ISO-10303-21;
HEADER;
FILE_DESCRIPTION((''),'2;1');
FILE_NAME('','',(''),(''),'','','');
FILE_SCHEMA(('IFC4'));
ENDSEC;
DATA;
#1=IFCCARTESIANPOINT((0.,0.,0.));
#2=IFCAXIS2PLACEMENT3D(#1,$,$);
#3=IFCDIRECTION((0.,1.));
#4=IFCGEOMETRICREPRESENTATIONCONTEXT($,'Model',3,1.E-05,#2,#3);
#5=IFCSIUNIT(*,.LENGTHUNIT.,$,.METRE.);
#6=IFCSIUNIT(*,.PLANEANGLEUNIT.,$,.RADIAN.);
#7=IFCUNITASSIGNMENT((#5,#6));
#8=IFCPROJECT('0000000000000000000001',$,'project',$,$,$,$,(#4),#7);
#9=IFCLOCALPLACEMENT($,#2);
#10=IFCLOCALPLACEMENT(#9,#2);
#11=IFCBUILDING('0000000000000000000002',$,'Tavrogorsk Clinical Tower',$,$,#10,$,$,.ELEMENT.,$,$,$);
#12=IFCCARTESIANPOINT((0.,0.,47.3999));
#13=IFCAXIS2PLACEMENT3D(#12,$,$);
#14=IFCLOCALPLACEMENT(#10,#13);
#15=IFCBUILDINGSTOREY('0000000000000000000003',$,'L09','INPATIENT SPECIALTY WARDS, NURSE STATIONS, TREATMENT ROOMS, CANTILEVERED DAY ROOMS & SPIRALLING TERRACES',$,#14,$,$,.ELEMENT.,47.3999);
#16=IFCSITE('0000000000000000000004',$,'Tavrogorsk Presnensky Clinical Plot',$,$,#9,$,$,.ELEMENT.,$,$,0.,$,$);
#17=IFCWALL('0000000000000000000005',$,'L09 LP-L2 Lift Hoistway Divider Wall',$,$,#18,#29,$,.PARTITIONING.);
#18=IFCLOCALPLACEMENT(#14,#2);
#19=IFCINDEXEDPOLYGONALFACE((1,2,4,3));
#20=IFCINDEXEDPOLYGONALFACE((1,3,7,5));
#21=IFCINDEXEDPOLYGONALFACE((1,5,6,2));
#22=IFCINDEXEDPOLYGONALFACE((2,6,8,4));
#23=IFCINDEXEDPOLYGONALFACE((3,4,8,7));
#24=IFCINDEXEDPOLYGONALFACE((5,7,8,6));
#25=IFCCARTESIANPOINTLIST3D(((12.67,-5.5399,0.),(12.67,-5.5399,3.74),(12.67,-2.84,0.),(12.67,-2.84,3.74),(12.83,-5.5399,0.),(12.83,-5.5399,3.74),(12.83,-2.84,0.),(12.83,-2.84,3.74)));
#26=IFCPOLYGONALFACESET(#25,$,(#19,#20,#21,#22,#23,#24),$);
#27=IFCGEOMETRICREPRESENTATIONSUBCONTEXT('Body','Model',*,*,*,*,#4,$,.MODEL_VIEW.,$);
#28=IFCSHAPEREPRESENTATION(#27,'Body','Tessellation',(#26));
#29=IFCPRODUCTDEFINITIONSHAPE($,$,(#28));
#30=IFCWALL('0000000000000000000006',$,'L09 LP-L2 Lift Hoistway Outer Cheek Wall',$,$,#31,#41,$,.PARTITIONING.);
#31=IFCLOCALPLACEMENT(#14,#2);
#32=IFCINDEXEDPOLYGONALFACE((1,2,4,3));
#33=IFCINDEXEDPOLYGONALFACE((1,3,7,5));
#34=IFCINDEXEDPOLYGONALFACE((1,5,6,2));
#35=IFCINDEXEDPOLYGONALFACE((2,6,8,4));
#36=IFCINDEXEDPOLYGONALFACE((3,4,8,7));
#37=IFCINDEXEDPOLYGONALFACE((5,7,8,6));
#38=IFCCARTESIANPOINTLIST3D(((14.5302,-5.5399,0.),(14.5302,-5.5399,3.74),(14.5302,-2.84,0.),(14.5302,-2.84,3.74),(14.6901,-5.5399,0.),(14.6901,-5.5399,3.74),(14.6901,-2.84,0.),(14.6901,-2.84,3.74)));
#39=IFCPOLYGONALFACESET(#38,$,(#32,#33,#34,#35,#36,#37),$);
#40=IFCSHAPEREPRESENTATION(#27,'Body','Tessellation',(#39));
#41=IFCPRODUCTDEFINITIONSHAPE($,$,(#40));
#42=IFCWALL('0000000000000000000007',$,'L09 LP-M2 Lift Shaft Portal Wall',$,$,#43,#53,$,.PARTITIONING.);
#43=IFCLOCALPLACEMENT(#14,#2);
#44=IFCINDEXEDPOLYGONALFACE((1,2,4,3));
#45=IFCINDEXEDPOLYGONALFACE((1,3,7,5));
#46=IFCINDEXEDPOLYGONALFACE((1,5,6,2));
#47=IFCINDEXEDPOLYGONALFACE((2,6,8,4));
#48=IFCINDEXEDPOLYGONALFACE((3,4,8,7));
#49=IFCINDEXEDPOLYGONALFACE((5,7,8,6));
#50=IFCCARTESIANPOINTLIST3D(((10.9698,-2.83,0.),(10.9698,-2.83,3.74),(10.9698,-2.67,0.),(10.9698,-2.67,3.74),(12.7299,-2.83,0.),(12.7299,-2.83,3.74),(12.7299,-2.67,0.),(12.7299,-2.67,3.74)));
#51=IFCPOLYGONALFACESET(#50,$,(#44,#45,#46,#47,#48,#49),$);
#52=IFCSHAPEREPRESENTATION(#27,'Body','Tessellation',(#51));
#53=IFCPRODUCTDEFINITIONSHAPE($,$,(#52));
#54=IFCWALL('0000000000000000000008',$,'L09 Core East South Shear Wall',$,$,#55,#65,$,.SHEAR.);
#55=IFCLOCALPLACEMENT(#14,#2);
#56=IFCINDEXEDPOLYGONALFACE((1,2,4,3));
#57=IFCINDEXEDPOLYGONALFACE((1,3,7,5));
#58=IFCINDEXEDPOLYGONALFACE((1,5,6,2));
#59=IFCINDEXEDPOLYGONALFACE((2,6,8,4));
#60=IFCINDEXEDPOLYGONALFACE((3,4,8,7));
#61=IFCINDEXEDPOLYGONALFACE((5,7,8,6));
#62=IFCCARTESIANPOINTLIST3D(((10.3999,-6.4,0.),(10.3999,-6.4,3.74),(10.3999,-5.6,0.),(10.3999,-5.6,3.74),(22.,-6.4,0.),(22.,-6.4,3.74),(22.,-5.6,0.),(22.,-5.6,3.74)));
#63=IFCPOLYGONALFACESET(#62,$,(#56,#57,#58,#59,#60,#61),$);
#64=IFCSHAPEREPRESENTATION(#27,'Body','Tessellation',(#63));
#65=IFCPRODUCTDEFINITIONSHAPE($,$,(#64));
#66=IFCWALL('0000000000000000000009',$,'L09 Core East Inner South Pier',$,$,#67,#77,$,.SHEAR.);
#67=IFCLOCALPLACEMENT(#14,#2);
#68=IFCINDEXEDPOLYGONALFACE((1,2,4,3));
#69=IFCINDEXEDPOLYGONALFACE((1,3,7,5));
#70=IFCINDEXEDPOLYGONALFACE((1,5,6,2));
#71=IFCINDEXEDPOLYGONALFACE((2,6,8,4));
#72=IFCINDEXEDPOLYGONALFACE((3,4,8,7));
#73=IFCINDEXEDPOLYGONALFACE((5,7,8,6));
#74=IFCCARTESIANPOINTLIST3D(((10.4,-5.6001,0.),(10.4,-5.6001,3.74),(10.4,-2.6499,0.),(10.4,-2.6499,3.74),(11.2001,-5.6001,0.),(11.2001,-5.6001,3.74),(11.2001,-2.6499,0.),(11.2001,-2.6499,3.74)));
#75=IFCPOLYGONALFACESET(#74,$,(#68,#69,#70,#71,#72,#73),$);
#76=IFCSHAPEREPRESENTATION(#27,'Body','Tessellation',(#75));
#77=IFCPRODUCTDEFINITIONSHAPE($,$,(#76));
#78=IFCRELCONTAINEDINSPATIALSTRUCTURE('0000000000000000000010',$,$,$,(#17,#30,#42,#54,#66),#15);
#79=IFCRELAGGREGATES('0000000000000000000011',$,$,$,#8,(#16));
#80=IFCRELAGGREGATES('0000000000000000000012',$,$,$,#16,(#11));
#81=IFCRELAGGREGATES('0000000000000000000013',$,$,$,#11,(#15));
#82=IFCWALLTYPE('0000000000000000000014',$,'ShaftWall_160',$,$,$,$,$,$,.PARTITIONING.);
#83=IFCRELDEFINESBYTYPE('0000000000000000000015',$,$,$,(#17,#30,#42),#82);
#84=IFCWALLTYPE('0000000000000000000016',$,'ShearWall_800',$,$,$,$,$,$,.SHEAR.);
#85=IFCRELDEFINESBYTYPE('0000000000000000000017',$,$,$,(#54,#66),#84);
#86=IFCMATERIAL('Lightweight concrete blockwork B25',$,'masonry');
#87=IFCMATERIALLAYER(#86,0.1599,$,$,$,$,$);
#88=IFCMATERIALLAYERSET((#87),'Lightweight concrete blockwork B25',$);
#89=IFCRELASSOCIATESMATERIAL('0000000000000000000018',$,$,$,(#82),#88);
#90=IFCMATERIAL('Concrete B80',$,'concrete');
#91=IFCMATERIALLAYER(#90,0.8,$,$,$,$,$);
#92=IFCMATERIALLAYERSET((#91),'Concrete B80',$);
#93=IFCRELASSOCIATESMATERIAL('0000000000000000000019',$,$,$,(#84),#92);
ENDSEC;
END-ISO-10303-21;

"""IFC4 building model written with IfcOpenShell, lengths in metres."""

from ifc_helpers import new_model, si_unit, direction, frame, frame_2d, origin, place, context, subcontext, project, spatial, rectangle, extrude, material, layer, layer_set, type_object, element, save


model = new_model("IFC4")

# Units and contexts
model_context = context("Model", 3, precision=1e-05, world=origin(), true_north=direction((0.0, 1.0)))
body_context = subcontext(model_context, "Body", "Model", "MODEL_VIEW")
ifc_project = project(units=[si_unit("LENGTHUNIT", "METRE"), si_unit("PLANEANGLEUNIT", "RADIAN")], contexts=[model_context])

# Site, building, storey
site_placement = place(None, origin())
site = spatial("IfcSite", under=ifc_project, at=site_placement, Name="Tavrogorsk Presnensky Clinical Plot", CompositionType="ELEMENT", RefElevation=0.0)
building_placement = place(site_placement, origin())
building = spatial("IfcBuilding", under=site, at=building_placement, Name="Tavrogorsk Clinical Tower", CompositionType="ELEMENT")
storey_placement = place(building_placement, frame((0.0, 0.0, 47.3999)))
storey = spatial("IfcBuildingStorey", under=building, at=storey_placement, Name="L09", Description="INPATIENT SPECIALTY WARDS, NURSE STATIONS, TREATMENT ROOMS, CANTILEVERED DAY ROOMS & SPIRALLING TERRACES", CompositionType="ELEMENT", Elevation=47.3999)

# Shared definitions
ifc_material_1 = material(Name="Lightweight concrete blockwork B25", Category="masonry")
ifc_layer_1 = layer(ifc_material_1, 0.1599)
ifc_layer_set_1 = layer_set([ifc_layer_1], Name="Lightweight concrete blockwork B25")
wall_type_1 = type_object("IfcWallType", Name="ShaftWall_160", PredefinedType="PARTITIONING", material=ifc_layer_set_1)

# Walls
for number, where, z_axis, x_axis, name in (
    (1, (12.75, -5.54, 0.0), (0.0, 0.0, 1.0), (0.0, 1.0, 0.0), "L09 LP-L2 Lift Hoistway Divider Wall"),
    (2, (14.6101, -5.54, 0.0), (0.0, 0.0, 1.0), (0.0, 1.0, 0.0), "L09 LP-L2 Lift Hoistway Outer Cheek Wall"),
):
    element("IfcWall", number, at=place(storey_placement, frame(where, z_axis=z_axis, x_axis=x_axis)), inside=storey, type_object=wall_type_1, Name=name, PredefinedType="PARTITIONING", context=body_context, shape_type="SweptSolid", body=[
        extrude(rectangle(XDim=2.7, YDim=0.1599, at=frame_2d((1.3501, 0.0))), origin(), (0.0, 0.0, 1.0), 3.74),
    ])
wall_1_placement = place(storey_placement, frame((10.97, -2.75, 0.0), z_axis=(0.0, 0.0, 1.0), x_axis=(1.0, 0.0, 0.0)))
element("IfcWall", 3, at=wall_1_placement, inside=storey, type_object=wall_type_1, Name="L09 LP-M2 Lift Shaft Portal Wall", PredefinedType="PARTITIONING", context=body_context, shape_type="SweptSolid", body=[
    extrude(rectangle(XDim=1.76, YDim=0.1599, at=frame_2d((0.8799, 0.0))), origin(), (0.0, 0.0, 1.0), 3.74),
])
ifc_material_2 = material(Name="Concrete B80", Category="concrete")
ifc_layer_2 = layer(ifc_material_2, 0.8)
ifc_layer_set_2 = layer_set([ifc_layer_2], Name="Concrete B80")
wall_type_2 = type_object("IfcWallType", Name="ShearWall_800", PredefinedType="SHEAR", material=ifc_layer_set_2)
wall_2_placement = place(storey_placement, frame((10.3999, -6.0, 0.0), z_axis=(0.0, 0.0, 1.0), x_axis=(1.0, 0.0, 0.0)))
element("IfcWall", 4, at=wall_2_placement, inside=storey, type_object=wall_type_2, Name="L09 Core East South Shear Wall", PredefinedType="SHEAR", context=body_context, shape_type="SweptSolid", body=[
    extrude(rectangle(XDim=11.6001, YDim=0.8, at=frame_2d((5.8, 0.0))), origin(), (0.0, 0.0, 1.0), 3.74),
])
wall_3_placement = place(storey_placement, frame((10.8, -5.6001, 0.0), z_axis=(0.0, 0.0, 1.0), x_axis=(0.0, 1.0, 0.0)))
element("IfcWall", 5, at=wall_3_placement, inside=storey, type_object=wall_type_2, Name="L09 Core East Inner South Pier", PredefinedType="SHEAR", context=body_context, shape_type="SweptSolid", body=[
    extrude(rectangle(XDim=2.9502, YDim=0.8, at=frame_2d((1.4751, 0.0))), origin(), (0.0, 0.0, 1.0), 3.74),
])

save(model, "model.ifc")
